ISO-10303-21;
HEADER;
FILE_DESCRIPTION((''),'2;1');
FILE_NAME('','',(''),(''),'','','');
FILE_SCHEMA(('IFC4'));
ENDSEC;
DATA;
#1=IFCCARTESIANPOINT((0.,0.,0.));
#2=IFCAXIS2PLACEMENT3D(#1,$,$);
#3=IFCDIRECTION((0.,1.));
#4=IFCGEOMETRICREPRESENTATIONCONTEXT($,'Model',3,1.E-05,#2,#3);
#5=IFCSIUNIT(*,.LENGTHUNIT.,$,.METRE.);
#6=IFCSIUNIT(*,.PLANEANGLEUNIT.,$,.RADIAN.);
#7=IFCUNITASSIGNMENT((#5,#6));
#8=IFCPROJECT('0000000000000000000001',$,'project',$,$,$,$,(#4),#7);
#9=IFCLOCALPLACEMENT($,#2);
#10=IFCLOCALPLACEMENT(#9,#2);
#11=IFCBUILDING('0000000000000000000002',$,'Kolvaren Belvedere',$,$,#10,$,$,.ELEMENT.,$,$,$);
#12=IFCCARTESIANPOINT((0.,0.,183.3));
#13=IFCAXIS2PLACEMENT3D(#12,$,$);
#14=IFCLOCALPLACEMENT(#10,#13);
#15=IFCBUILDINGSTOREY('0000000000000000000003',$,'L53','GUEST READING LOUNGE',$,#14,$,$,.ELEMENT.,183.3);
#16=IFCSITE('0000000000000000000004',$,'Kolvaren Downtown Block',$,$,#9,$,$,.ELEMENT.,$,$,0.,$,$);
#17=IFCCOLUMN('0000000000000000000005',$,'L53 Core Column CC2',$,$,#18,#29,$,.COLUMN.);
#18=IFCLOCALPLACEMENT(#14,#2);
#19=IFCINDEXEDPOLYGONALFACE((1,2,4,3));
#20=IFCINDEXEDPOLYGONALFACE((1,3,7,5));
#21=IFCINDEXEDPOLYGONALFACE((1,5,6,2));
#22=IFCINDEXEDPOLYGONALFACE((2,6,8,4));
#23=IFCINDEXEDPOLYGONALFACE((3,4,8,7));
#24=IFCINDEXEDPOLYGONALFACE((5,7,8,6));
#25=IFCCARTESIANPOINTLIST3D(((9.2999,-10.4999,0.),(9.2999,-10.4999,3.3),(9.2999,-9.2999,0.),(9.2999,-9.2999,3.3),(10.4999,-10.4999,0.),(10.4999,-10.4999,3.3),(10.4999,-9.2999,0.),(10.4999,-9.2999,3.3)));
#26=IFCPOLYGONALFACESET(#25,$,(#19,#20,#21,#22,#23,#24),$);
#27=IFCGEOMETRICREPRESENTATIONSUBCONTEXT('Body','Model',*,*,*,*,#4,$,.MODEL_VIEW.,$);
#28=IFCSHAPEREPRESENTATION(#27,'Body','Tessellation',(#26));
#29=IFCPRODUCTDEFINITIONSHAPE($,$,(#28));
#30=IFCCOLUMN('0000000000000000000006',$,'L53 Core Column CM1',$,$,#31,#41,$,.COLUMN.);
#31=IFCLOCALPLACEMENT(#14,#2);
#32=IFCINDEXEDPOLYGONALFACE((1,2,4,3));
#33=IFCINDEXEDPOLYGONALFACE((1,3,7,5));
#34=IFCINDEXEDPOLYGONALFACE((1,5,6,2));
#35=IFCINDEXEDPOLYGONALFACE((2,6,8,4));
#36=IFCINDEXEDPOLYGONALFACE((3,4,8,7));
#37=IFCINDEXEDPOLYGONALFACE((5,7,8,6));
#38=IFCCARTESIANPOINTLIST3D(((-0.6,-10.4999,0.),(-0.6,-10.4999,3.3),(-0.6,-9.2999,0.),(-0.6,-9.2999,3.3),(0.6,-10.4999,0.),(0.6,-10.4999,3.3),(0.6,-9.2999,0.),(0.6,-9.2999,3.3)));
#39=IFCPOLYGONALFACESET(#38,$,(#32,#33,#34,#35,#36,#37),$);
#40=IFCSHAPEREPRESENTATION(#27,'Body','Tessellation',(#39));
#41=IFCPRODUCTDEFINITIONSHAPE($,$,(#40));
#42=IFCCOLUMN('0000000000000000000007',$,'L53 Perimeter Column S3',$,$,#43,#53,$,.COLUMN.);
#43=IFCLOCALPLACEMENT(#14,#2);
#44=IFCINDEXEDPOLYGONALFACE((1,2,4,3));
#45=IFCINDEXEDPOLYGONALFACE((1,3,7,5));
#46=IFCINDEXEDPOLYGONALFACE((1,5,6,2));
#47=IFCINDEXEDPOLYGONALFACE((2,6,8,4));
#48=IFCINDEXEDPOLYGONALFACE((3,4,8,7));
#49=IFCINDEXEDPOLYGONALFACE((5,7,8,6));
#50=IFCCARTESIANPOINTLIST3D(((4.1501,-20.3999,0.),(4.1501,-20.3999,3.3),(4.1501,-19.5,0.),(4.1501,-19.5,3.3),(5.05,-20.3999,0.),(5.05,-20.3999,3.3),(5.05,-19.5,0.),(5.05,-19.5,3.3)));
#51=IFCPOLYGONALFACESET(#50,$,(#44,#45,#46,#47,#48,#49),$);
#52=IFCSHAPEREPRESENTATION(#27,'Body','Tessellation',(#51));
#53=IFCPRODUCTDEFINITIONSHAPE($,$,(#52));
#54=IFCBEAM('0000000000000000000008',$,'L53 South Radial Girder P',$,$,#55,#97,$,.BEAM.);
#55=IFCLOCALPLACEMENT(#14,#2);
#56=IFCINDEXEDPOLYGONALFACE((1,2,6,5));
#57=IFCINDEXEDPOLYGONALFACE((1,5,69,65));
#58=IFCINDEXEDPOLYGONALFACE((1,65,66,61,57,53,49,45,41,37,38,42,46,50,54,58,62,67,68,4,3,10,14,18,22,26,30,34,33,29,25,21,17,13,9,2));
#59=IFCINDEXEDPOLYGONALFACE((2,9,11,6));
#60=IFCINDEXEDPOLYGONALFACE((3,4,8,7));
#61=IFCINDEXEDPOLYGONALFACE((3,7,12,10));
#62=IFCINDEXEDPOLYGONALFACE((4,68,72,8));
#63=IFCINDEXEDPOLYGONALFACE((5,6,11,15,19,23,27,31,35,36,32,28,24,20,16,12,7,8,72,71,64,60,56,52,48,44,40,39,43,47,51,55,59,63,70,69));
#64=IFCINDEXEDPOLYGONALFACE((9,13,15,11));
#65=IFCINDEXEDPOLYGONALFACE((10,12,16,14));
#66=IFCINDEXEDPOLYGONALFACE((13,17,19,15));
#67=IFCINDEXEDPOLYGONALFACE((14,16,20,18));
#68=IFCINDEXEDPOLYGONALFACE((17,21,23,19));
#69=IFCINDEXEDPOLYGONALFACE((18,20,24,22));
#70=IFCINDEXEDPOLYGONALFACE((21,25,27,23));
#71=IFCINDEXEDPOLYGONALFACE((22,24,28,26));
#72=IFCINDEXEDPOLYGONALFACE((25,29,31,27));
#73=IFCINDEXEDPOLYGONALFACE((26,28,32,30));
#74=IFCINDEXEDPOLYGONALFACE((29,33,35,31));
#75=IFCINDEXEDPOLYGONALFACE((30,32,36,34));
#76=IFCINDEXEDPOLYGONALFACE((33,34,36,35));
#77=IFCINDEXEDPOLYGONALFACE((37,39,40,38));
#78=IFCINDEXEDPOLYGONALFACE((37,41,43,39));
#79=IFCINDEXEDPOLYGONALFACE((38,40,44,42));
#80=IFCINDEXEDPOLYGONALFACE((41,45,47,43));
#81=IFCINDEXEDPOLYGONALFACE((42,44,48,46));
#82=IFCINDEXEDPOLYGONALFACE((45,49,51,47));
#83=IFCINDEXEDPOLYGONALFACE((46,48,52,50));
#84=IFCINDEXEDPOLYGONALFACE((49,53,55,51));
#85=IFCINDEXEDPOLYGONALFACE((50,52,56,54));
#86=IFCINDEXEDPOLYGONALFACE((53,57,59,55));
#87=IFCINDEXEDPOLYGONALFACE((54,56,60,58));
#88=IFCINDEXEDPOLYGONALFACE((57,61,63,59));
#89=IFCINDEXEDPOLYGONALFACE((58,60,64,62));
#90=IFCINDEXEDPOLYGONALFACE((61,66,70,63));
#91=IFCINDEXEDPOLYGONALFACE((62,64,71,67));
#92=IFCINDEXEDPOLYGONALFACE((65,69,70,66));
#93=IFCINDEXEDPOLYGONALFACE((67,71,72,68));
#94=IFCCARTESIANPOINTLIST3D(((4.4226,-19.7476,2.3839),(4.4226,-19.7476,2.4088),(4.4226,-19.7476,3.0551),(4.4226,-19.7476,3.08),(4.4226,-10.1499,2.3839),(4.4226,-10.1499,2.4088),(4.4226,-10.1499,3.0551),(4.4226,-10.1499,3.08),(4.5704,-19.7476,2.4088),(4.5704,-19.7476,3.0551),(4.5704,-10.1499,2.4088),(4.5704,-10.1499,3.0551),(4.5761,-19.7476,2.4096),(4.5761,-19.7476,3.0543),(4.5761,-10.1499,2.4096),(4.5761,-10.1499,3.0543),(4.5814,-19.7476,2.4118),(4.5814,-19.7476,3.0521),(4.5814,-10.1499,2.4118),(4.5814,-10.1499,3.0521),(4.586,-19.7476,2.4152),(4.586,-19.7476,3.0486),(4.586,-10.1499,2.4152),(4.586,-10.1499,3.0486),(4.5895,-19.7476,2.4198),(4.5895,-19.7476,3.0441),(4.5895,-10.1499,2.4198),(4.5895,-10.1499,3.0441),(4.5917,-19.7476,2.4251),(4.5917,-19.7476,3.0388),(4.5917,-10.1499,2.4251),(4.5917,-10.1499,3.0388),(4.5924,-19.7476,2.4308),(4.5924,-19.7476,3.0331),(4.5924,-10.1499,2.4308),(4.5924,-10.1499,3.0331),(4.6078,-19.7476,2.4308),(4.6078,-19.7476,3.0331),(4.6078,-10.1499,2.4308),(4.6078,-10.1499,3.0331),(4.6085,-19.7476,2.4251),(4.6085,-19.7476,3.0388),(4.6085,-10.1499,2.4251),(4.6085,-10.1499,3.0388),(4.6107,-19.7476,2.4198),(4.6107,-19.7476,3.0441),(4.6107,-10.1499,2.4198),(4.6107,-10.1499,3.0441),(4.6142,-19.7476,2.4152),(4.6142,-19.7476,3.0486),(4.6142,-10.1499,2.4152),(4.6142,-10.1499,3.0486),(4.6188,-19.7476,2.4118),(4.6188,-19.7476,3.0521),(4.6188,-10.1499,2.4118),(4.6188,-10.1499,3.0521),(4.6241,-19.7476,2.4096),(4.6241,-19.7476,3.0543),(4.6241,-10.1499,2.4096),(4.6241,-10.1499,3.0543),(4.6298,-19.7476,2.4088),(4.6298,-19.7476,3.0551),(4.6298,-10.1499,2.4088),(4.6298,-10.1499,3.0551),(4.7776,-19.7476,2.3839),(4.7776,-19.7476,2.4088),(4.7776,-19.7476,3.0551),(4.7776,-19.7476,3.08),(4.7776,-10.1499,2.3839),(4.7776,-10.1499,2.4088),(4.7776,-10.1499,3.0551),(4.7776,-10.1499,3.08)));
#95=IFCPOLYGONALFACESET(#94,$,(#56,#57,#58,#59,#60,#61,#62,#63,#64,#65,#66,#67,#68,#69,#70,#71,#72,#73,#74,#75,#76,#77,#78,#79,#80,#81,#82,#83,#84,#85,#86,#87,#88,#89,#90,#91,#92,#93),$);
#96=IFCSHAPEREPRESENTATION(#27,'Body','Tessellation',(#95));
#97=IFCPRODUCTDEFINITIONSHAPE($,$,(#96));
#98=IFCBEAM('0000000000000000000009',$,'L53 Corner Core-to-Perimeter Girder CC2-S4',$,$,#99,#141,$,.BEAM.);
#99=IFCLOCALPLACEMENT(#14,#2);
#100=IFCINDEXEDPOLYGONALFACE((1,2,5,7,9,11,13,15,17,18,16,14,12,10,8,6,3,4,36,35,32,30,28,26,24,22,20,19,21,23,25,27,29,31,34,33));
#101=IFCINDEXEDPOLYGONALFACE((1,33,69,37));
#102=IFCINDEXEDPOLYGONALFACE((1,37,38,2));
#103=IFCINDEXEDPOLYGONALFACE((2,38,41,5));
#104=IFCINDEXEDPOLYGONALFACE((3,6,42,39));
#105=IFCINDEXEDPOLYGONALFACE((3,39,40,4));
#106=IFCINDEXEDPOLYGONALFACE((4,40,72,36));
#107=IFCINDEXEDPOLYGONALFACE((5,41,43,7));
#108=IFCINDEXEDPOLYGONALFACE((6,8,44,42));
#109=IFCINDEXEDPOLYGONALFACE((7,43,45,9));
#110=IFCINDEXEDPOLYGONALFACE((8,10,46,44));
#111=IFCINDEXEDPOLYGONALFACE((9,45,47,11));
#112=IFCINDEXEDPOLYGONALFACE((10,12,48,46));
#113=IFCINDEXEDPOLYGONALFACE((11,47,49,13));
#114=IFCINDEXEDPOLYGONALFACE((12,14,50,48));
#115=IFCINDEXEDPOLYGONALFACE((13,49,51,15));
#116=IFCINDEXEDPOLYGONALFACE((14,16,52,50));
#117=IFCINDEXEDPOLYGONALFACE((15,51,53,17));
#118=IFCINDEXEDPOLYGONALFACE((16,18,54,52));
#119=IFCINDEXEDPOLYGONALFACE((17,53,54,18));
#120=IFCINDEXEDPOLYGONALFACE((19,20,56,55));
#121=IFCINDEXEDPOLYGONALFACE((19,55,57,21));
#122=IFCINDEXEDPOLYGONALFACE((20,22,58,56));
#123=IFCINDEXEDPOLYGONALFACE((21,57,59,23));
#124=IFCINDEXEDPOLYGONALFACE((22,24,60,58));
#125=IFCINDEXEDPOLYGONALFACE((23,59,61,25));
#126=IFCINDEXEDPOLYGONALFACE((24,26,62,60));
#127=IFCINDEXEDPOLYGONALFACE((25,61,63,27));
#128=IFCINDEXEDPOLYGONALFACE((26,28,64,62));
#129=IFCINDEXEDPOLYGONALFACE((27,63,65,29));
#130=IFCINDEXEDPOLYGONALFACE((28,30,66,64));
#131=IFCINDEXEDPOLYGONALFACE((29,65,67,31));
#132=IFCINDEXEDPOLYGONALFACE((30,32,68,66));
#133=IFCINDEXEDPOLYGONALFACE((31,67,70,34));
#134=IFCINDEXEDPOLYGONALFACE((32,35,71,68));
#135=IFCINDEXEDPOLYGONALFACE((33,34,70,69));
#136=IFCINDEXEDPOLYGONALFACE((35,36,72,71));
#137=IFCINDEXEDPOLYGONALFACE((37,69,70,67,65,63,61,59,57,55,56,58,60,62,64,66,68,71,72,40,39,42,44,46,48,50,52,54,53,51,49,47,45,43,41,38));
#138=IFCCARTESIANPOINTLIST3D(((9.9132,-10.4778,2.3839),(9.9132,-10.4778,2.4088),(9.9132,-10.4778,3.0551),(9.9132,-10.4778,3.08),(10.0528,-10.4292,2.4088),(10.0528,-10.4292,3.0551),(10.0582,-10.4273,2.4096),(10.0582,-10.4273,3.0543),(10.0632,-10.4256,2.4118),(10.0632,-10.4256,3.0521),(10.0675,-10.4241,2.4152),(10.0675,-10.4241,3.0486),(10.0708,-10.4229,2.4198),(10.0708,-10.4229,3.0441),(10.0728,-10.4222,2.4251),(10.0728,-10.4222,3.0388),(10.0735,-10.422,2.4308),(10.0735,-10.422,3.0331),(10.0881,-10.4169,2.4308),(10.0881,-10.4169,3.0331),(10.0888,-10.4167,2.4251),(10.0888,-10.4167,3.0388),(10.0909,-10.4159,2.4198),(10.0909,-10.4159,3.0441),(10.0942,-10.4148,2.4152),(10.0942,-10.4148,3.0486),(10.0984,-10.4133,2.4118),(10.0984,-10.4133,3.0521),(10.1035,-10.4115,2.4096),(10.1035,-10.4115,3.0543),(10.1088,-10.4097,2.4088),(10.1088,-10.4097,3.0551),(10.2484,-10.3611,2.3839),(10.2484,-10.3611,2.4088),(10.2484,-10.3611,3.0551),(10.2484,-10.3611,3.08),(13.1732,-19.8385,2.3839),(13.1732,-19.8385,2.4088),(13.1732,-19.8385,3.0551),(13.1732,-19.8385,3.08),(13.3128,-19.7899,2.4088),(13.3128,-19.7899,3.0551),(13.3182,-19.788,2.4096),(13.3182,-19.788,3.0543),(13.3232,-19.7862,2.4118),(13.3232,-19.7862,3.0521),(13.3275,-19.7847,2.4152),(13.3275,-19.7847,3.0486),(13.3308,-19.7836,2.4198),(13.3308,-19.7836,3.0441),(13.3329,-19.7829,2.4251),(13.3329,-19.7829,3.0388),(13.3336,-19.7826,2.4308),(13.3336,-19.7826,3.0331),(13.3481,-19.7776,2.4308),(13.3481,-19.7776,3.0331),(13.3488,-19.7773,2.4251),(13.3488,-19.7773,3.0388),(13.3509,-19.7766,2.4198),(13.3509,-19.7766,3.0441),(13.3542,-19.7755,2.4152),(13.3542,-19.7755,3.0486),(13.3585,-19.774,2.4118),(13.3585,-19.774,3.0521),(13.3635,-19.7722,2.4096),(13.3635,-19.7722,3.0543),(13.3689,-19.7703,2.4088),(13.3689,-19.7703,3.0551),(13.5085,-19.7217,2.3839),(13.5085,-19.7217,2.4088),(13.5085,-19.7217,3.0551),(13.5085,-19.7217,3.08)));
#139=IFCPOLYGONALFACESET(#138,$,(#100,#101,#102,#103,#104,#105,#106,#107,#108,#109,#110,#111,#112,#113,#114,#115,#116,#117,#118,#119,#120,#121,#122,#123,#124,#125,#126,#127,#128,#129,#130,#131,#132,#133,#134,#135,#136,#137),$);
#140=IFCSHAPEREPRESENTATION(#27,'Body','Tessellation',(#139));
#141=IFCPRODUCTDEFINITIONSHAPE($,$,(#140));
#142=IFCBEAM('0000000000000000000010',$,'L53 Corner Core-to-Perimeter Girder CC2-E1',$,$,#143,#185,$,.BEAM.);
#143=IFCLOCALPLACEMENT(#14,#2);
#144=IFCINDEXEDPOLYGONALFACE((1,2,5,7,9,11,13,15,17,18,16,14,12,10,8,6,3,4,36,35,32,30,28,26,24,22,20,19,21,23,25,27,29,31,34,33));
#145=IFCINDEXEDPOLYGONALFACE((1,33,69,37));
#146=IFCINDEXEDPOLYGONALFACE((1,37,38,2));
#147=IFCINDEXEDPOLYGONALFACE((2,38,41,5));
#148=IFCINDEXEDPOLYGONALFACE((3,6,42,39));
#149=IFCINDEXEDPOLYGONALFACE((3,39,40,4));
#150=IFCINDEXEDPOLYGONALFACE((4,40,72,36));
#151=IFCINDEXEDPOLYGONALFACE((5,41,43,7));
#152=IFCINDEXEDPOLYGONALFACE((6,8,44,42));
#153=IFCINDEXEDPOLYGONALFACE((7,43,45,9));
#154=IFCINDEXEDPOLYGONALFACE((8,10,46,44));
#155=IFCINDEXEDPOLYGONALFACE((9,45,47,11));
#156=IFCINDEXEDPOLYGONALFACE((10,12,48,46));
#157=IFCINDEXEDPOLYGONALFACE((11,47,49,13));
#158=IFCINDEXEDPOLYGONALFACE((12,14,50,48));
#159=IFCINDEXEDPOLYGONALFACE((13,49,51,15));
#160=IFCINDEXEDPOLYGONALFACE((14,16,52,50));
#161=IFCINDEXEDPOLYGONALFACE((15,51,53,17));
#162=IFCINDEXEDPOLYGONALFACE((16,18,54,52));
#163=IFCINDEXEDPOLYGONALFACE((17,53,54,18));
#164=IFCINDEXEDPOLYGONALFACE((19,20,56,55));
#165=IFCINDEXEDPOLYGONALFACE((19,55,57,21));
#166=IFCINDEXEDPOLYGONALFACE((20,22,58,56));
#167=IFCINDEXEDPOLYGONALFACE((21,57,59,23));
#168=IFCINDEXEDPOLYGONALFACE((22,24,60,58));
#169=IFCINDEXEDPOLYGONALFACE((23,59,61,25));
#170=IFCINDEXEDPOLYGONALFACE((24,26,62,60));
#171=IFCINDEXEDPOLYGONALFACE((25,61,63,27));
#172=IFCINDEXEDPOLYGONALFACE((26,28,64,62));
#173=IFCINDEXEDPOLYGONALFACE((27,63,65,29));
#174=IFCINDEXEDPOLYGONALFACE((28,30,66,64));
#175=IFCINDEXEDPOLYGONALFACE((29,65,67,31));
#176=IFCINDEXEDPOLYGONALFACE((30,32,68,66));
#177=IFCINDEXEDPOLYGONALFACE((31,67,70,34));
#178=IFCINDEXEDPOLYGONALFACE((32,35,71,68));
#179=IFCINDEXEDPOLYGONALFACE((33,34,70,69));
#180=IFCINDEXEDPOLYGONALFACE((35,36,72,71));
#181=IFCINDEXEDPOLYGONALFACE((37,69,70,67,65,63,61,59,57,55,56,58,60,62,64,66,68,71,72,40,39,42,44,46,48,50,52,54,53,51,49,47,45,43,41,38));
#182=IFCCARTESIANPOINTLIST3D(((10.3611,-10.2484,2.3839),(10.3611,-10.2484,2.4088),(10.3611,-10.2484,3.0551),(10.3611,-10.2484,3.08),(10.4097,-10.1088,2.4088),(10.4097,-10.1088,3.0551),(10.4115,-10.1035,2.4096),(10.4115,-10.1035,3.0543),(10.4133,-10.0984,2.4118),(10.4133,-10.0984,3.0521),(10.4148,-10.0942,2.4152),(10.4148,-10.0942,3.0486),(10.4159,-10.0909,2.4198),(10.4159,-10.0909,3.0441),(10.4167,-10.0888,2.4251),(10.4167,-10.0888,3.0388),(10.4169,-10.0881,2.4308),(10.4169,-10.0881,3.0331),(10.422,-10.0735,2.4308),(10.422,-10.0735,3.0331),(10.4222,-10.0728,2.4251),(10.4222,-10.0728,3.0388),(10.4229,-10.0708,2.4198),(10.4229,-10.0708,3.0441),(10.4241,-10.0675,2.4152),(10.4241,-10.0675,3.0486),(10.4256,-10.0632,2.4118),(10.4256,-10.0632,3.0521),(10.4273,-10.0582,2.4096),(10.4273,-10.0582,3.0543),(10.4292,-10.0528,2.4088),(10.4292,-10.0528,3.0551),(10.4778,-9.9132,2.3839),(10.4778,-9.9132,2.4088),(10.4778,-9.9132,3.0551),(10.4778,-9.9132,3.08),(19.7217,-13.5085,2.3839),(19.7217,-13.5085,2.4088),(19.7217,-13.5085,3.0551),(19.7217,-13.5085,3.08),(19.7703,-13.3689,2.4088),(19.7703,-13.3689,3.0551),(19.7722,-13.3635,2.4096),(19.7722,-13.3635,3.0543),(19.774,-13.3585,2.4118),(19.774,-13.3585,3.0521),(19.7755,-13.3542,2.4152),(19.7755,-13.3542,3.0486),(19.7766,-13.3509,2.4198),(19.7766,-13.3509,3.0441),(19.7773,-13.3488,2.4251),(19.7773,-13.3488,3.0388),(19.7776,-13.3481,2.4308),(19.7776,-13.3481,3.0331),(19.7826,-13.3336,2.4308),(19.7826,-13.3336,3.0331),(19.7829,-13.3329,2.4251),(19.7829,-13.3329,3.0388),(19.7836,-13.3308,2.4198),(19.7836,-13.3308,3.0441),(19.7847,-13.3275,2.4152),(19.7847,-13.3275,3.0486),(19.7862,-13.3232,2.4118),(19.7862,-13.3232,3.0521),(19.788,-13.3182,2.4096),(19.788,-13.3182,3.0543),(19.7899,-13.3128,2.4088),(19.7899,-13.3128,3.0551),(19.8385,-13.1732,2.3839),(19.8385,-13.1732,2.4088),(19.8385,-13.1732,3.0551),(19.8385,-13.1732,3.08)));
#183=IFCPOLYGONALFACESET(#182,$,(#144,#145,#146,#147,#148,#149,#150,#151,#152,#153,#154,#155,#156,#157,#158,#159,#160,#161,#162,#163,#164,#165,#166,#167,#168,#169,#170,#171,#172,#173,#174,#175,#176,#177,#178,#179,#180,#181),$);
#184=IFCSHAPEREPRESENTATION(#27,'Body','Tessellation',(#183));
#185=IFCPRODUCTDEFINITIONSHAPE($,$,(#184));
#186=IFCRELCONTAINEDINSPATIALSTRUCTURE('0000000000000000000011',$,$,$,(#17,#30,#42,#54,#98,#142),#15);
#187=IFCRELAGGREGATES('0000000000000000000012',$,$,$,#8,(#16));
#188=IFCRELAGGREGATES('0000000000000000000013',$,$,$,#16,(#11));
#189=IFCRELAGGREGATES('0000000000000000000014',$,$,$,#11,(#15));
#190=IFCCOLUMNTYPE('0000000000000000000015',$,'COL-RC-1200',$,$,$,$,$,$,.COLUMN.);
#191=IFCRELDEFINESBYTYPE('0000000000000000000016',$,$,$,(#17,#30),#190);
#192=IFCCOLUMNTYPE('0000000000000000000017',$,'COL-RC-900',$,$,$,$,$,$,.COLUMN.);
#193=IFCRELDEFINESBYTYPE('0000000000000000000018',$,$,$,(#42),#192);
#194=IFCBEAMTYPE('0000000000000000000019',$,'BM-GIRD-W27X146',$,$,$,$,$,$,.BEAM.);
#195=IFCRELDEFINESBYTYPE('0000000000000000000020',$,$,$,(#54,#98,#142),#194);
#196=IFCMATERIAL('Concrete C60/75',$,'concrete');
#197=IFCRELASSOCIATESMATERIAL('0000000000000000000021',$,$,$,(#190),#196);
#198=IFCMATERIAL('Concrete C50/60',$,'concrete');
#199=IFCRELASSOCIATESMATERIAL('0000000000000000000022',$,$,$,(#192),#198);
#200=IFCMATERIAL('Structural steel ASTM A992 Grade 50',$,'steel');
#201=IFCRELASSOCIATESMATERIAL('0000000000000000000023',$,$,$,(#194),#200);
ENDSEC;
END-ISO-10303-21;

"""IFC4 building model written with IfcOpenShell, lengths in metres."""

from ifc_helpers import new_model, si_unit, direction, frame, origin, origin_2d, place, context, subcontext, project, spatial, rectangle, i_section, extrude, material, material_profile, profile_set, type_object, element, save


model = new_model("IFC4")

# Units and contexts
model_context = context("Model", 3, precision=1e-05, world=origin(), true_north=direction((0.0, 1.0)))
body_context = subcontext(model_context, "Body", "Model", "MODEL_VIEW")
ifc_project = project(units=[si_unit("LENGTHUNIT", "METRE"), si_unit("PLANEANGLEUNIT", "RADIAN")], contexts=[model_context])

# Site, building, storey
site_placement = place(None, origin())
site = spatial("IfcSite", under=ifc_project, at=site_placement, Name="Kolvaren Downtown Block", CompositionType="ELEMENT", RefElevation=0.0)
building_placement = place(site_placement, origin())
building = spatial("IfcBuilding", under=site, at=building_placement, Name="Kolvaren Belvedere", CompositionType="ELEMENT")
storey_placement = place(building_placement, frame((0.0, 0.0, 183.3)))
storey = spatial("IfcBuildingStorey", under=building, at=storey_placement, Name="L53", Description="GUEST READING LOUNGE", CompositionType="ELEMENT", Elevation=183.3)

# Columns
ifc_material_1 = material(Name="Concrete C60/75", Category="concrete")
ifc_material_profile_1 = material_profile(ifc_material_1, rectangle(XDim=1.2, YDim=1.2, at=origin_2d()), Name="RC 1200X1200")
ifc_profile_set_1 = profile_set([ifc_material_profile_1], Name="Concrete C60/75")
column_type_1 = type_object("IfcColumnType", Name="COL-RC-1200", PredefinedType="COLUMN", material=ifc_profile_set_1)
for number, where, z_axis, x_axis, name in (
    (1, (9.8999, -9.8999, 0.0), (0.0, 0.0, 1.0), (1.0, 0.0, 0.0), "L53 Core Column CC2"),
    (2, (0.0, -9.8999, 0.0), (0.0, 0.0, 1.0), (1.0, 0.0, 0.0), "L53 Core Column CM1"),
):
    element("IfcColumn", number, at=place(storey_placement, frame(where, z_axis=z_axis, x_axis=x_axis)), inside=storey, type_object=column_type_1, Name=name, PredefinedType="COLUMN", context=body_context, shape_type="SweptSolid", body=[
        extrude(rectangle(XDim=1.2, YDim=1.2, at=origin_2d()), origin(), (0.0, 0.0, 1.0), 3.3),
    ])
ifc_material_2 = material(Name="Concrete C50/60", Category="concrete")
ifc_material_profile_2 = material_profile(ifc_material_2, rectangle(XDim=0.8999, YDim=0.8999, at=origin_2d()), Name="RC 900X900")
ifc_profile_set_2 = profile_set([ifc_material_profile_2], Name="Concrete C50/60")
column_type_2 = type_object("IfcColumnType", Name="COL-RC-900", PredefinedType="COLUMN", material=ifc_profile_set_2)
column_placement = place(storey_placement, frame((4.6001, -19.95, 0.0), z_axis=(0.0, 0.0, 1.0), x_axis=(1.0, 0.0, 0.0)))
element("IfcColumn", 3, at=column_placement, inside=storey, type_object=column_type_2, Name="L53 Perimeter Column S3", PredefinedType="COLUMN", context=body_context, shape_type="SweptSolid", body=[
    extrude(rectangle(XDim=0.8999, YDim=0.8999, at=origin_2d()), origin(), (0.0, 0.0, 1.0), 3.3),
])

# Beams
ifc_material_3 = material(Name="Structural steel ASTM A992 Grade 50", Category="steel")
ifc_material_profile_3 = material_profile(ifc_material_3, i_section(OverallWidth=0.355, OverallDepth=0.696, WebThickness=0.0154, FlangeThickness=0.0249, FilletRadius=0.022, at=origin_2d()), Name="W27X146")
ifc_profile_set_3 = profile_set([ifc_material_profile_3], Name="Structural steel ASTM A992 Grade 50")
beam_type_1 = type_object("IfcBeamType", Name="BM-GIRD-W27X146", PredefinedType="BEAM", material=ifc_profile_set_3)
beam_1_placement = place(storey_placement, frame((4.6001, -10.1499, 2.7319), z_axis=(0.0, -1.0, 0.0), x_axis=(1.0, 0.0, 0.0)))
element("IfcBeam", 4, at=beam_1_placement, inside=storey, type_object=beam_type_1, Name="L53 South Radial Girder P", PredefinedType="BEAM", context=body_context, shape_type="SweptSolid", body=[
    extrude(i_section(OverallWidth=0.355, OverallDepth=0.696, WebThickness=0.0154, FlangeThickness=0.0249, FilletRadius=0.022, at=origin_2d()), origin(), (0.0, 0.0, 1.0), 9.5977),
])
for number, where, z_axis, x_axis, name in (
    (5, (10.0808, -10.4194, 2.7319), (0.328894, -0.944367, 0.0), (0.944367, 0.328894, 0.0), "L53 Corner Core-to-Perimeter Girder CC2-S4"),
    (6, (10.4194, -10.0808, 2.7319), (0.944367, -0.328894, 0.0), (0.328894, 0.944367, 0.0), "L53 Corner Core-to-Perimeter Girder CC2-E1"),
):
    element("IfcBeam", number, at=place(storey_placement, frame(where, z_axis=z_axis, x_axis=x_axis)), inside=storey, type_object=beam_type_1, Name=name, PredefinedType="BEAM", context=body_context, shape_type="SweptSolid", body=[
        extrude(i_section(OverallWidth=0.355, OverallDepth=0.696, WebThickness=0.0154, FlangeThickness=0.0249, FilletRadius=0.022, at=origin_2d()), origin(), (0.0, 0.0, 1.0), 9.9121),
    ])

save(model, "model.ifc")
